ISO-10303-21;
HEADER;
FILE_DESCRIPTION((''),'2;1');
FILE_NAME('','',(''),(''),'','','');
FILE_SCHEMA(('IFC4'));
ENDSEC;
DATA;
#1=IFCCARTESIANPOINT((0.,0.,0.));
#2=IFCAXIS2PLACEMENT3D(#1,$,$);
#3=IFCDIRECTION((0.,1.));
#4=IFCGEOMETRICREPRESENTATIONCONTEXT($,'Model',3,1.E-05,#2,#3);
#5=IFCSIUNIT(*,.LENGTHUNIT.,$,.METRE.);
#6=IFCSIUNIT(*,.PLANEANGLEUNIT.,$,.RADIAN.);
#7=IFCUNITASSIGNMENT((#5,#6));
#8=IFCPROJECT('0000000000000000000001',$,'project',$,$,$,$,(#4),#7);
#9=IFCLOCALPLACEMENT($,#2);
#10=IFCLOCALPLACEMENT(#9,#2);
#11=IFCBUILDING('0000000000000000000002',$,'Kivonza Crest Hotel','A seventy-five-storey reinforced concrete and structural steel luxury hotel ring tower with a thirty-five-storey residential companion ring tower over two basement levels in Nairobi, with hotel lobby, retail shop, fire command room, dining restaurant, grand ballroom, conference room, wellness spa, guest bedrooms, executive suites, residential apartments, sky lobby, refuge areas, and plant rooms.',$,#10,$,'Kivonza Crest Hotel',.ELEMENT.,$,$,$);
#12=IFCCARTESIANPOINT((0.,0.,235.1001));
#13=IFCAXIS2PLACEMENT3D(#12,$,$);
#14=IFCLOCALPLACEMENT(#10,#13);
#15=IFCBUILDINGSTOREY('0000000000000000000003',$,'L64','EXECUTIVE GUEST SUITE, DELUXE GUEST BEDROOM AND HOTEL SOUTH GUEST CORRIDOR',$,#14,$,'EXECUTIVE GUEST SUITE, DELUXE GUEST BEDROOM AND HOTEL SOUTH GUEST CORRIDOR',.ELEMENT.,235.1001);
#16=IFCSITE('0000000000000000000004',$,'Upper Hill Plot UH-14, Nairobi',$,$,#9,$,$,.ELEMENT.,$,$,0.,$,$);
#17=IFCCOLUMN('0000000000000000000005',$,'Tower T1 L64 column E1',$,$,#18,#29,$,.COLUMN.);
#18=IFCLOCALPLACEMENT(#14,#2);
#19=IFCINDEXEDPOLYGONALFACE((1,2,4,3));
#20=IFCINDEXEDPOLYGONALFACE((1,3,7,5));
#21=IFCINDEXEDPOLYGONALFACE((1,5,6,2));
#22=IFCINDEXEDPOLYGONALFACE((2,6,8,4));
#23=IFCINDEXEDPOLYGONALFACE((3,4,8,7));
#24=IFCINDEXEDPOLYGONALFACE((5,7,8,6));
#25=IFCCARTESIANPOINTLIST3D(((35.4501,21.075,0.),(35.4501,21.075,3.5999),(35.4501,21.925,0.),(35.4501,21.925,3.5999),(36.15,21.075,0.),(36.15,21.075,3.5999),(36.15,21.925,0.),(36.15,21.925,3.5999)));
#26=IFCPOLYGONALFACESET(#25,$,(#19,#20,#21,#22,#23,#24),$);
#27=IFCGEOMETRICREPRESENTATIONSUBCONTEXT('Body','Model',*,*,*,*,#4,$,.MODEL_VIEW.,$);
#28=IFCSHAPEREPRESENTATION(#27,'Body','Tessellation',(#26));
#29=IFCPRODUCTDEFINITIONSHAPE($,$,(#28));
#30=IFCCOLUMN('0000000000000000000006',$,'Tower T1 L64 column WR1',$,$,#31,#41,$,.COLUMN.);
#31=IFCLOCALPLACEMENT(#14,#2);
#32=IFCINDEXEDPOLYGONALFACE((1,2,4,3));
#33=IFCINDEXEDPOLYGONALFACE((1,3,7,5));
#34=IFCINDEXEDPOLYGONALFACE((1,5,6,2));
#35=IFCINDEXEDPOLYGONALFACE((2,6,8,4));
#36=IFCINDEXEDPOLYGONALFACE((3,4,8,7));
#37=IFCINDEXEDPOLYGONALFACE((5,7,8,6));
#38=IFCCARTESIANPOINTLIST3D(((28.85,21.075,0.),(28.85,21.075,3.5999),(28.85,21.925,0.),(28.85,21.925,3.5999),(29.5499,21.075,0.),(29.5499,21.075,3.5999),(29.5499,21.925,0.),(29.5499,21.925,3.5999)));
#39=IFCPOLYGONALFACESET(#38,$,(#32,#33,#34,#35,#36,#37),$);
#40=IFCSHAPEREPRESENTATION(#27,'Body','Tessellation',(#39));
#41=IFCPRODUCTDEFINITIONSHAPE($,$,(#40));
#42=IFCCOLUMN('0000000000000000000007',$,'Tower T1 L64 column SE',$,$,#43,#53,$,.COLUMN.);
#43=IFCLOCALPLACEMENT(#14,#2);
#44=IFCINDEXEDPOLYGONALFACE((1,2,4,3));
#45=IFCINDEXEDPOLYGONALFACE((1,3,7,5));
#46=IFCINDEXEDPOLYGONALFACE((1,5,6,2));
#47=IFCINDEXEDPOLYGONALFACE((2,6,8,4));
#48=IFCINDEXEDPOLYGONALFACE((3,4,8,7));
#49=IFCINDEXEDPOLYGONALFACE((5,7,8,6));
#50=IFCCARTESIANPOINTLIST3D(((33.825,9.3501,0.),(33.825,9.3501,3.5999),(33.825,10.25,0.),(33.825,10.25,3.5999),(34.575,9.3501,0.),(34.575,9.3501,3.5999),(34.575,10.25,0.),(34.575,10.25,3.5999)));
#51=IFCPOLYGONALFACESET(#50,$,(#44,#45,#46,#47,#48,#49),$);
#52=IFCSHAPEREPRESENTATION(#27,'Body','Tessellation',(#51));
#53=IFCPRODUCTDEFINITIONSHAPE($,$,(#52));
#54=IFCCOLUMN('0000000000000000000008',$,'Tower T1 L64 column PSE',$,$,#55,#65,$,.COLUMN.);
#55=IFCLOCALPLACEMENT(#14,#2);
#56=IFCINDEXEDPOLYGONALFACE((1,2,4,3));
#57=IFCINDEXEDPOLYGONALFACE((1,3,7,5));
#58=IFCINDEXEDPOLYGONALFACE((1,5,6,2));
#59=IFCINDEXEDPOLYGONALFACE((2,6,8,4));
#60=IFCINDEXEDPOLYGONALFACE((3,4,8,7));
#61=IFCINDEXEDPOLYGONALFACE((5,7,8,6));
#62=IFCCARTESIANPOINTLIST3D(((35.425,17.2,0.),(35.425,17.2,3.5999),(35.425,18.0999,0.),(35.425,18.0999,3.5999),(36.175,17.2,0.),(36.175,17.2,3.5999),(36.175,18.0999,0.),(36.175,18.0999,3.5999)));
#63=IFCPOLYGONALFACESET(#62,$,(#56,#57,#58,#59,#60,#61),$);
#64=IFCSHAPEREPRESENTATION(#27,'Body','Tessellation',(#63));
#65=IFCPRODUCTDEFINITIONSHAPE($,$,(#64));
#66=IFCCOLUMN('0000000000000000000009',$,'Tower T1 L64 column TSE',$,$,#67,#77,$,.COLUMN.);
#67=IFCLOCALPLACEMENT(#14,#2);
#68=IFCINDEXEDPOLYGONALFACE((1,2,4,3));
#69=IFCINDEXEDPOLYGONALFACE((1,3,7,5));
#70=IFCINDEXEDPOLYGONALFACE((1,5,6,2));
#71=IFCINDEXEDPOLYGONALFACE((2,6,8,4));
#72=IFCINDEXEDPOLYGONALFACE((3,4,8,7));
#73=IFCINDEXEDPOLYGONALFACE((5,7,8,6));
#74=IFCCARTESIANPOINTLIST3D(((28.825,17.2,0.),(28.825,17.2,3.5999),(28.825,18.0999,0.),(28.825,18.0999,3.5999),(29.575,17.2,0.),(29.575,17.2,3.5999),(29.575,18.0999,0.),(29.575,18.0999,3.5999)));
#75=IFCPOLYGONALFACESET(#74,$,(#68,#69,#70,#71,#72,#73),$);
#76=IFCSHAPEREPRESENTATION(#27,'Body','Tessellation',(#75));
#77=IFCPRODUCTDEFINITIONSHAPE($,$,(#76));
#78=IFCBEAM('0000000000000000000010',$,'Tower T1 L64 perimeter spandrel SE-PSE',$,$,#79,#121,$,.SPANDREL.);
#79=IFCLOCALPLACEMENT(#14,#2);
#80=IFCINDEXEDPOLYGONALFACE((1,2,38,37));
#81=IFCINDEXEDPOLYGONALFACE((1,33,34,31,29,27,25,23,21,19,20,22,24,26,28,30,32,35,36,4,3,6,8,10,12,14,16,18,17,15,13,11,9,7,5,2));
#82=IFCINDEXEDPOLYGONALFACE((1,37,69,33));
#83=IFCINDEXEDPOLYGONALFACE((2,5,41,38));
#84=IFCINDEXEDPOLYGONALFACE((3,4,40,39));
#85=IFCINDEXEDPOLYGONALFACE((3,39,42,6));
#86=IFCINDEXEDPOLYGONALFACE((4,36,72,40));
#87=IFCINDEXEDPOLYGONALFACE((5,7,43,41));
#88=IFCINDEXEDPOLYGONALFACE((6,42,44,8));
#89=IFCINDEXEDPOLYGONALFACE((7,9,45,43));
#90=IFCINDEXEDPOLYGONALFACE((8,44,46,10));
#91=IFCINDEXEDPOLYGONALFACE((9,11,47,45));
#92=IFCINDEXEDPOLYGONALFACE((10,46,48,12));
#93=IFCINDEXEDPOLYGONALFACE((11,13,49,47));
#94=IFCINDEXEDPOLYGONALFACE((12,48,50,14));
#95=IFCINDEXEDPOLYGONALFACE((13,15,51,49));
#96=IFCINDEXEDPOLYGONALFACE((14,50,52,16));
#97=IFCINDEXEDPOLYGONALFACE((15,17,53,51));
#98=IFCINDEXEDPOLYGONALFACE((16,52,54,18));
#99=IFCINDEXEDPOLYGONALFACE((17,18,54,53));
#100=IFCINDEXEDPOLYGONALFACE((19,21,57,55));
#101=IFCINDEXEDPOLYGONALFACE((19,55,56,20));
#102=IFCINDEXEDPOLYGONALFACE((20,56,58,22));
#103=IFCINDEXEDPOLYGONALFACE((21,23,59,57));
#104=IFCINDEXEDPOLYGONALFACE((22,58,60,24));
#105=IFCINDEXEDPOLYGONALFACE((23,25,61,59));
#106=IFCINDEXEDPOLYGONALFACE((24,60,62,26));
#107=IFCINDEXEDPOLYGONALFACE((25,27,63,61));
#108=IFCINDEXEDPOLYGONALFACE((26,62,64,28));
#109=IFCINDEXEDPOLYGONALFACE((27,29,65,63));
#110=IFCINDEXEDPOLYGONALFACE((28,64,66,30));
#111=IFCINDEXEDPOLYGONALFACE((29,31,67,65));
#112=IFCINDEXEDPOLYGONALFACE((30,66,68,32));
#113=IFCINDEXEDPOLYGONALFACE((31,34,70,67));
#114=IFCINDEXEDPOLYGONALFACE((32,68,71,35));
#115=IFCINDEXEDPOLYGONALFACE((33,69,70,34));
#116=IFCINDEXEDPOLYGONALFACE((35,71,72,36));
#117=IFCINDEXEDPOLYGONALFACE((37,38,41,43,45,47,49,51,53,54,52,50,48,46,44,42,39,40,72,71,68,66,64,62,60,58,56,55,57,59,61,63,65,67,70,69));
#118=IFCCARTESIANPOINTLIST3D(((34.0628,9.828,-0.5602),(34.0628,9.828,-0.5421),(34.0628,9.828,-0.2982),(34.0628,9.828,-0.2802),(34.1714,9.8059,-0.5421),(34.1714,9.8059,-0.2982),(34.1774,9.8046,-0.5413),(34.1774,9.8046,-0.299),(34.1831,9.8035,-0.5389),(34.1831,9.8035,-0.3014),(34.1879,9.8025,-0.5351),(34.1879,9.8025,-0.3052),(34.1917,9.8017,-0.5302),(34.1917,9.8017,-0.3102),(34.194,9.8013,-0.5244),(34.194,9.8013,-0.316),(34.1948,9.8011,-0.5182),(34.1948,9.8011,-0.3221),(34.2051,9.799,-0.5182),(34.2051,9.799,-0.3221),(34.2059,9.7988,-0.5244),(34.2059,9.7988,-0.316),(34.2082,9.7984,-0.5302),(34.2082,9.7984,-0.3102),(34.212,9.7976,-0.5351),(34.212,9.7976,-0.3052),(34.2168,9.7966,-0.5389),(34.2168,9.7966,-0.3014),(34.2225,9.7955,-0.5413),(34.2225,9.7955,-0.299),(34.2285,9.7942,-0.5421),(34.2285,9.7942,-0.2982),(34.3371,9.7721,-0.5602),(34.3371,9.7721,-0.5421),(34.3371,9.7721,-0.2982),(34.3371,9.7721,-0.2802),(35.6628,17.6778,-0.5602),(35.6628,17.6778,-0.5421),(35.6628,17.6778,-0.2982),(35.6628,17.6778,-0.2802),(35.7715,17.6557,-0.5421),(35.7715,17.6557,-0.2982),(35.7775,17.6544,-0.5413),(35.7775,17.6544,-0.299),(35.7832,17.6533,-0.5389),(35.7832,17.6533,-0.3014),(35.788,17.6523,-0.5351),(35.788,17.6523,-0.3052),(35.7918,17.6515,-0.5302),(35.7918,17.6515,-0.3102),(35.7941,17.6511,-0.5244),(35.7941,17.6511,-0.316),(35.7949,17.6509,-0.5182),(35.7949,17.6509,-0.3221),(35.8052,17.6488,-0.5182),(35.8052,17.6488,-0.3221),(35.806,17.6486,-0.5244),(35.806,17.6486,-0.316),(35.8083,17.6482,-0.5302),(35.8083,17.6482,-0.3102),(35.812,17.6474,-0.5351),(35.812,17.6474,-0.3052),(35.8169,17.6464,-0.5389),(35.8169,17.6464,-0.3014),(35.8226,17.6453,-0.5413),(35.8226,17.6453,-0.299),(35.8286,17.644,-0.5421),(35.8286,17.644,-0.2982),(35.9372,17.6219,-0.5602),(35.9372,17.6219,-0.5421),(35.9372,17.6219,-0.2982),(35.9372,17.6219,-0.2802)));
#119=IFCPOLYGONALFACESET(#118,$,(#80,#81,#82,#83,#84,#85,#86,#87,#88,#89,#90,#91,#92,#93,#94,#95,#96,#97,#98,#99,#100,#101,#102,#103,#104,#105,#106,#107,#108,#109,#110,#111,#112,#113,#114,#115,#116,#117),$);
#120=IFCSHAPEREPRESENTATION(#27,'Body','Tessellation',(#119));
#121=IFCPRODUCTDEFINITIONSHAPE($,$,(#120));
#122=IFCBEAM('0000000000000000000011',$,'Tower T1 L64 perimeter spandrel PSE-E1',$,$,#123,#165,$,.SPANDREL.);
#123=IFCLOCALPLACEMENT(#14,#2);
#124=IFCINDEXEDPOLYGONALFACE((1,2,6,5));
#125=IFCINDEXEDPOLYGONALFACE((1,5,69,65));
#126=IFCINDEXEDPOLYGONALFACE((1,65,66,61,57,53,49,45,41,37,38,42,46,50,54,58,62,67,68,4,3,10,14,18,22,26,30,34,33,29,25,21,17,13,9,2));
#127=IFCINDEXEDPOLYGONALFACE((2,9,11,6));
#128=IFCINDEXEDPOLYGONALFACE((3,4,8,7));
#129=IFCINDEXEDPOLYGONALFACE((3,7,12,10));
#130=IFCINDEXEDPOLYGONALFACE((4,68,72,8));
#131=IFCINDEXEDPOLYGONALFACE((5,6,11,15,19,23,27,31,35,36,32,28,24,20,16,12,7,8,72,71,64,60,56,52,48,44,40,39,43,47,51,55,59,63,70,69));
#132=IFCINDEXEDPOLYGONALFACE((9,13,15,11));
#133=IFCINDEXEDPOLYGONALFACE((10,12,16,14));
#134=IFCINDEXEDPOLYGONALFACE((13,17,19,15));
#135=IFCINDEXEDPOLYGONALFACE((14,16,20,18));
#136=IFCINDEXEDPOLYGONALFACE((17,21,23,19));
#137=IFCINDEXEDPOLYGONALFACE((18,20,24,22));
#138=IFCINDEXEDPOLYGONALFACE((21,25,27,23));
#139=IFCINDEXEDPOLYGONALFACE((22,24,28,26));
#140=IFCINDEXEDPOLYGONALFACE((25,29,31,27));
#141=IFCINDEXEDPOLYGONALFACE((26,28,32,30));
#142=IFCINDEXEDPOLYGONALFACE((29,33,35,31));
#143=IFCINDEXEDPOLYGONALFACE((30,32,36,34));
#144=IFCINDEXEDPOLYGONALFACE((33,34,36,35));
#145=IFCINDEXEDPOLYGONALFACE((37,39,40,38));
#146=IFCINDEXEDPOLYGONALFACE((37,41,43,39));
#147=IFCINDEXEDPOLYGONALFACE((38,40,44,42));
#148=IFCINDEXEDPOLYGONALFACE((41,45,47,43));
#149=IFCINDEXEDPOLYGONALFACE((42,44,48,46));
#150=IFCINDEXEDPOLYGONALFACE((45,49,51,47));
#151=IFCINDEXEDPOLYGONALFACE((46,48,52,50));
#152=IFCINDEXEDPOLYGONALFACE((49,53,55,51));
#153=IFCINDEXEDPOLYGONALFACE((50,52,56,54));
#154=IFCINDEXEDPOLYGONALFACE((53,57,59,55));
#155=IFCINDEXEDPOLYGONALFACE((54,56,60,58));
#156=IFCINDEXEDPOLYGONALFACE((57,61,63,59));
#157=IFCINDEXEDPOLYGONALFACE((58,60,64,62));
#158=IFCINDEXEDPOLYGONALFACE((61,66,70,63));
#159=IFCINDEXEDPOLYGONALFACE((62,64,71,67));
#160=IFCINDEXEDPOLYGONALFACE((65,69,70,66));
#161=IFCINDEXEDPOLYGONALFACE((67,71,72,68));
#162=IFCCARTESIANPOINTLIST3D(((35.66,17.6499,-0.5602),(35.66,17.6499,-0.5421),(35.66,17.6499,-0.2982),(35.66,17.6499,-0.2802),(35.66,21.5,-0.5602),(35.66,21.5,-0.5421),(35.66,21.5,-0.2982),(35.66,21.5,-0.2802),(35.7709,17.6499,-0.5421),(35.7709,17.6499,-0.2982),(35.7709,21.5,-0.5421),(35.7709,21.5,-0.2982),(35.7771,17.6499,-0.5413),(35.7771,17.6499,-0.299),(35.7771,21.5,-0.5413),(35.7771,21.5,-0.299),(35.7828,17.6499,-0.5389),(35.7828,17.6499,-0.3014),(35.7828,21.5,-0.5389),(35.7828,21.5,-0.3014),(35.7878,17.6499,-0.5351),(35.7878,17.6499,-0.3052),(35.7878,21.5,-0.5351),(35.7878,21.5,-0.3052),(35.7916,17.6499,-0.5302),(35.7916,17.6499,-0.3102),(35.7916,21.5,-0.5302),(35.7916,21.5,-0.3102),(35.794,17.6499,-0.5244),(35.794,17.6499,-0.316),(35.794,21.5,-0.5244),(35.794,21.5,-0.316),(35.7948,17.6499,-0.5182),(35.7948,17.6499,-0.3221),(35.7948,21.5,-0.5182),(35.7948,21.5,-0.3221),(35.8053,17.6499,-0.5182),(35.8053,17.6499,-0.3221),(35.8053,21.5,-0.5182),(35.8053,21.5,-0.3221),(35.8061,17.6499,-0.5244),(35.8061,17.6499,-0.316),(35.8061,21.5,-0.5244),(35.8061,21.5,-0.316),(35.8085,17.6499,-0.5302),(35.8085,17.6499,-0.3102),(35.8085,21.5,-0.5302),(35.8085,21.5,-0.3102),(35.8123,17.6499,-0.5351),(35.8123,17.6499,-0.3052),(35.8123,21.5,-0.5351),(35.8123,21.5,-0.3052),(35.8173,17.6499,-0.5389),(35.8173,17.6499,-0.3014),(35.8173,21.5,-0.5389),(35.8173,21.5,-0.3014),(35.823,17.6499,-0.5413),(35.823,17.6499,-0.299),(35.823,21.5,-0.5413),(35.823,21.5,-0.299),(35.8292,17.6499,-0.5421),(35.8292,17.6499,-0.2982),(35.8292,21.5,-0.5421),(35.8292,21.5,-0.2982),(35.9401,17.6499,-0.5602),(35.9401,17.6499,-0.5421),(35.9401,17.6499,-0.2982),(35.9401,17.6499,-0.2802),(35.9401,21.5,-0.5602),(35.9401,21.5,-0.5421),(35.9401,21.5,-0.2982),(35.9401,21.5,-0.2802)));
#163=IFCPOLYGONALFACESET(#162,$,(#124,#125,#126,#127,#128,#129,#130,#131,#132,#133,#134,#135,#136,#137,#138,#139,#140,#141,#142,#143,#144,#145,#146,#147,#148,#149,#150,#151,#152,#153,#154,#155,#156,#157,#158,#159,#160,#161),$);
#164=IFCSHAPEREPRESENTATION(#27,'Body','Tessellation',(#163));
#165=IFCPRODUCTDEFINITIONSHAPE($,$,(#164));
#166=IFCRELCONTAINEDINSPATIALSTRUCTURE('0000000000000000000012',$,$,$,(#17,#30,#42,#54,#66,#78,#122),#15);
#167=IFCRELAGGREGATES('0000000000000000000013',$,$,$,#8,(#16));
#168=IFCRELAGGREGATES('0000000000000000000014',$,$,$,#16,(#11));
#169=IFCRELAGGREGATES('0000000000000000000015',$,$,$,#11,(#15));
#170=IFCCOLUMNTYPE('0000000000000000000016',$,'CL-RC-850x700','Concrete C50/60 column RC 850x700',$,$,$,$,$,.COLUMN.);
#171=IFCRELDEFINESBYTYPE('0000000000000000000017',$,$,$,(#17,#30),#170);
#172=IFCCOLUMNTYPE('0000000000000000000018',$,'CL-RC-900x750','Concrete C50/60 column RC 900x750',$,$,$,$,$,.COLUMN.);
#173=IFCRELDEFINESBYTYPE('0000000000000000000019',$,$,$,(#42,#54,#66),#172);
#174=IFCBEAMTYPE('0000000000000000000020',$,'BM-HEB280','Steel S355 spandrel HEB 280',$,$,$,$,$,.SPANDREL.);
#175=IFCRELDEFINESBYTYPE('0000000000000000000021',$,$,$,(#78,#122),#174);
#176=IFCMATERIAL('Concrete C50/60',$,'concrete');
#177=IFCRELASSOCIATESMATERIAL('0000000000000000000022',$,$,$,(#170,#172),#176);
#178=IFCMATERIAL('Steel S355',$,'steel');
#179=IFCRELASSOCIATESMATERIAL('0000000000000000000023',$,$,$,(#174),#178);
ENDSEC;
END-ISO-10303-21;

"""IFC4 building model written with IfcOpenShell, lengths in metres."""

from ifc_helpers import new_model, si_unit, direction, frame, origin, origin_2d, place, context, subcontext, project, spatial, rectangle, i_section, extrude, material, material_profile, profile_set, type_object, element, save


model = new_model("IFC4")

# Units and contexts
model_context = context("Model", 3, precision=1e-05, world=origin(), true_north=direction((0.0, 1.0)))
body_context = subcontext(model_context, "Body", "Model", "MODEL_VIEW")
ifc_project = project(units=[si_unit("LENGTHUNIT", "METRE"), si_unit("PLANEANGLEUNIT", "RADIAN")], contexts=[model_context])

# Site, building, storey
site_placement = place(None, origin())
site = spatial("IfcSite", under=ifc_project, at=site_placement, Name="Upper Hill Plot UH-14, Nairobi", CompositionType="ELEMENT", RefElevation=0.0)
building_placement = place(site_placement, origin())
building = spatial("IfcBuilding", under=site, at=building_placement, Name="Kivonza Crest Hotel", Description="A seventy-five-storey reinforced concrete and structural steel luxury hotel ring tower with a thirty-five-storey residential companion ring tower over two basement levels in Nairobi, with hotel lobby, retail shop, fire command room, dining restaurant, grand ballroom, conference room, wellness spa, guest bedrooms, executive suites, residential apartments, sky lobby, refuge areas, and plant rooms.", LongName="Kivonza Crest Hotel", CompositionType="ELEMENT")
storey_placement = place(building_placement, frame((0.0, 0.0, 235.1001)))
storey = spatial("IfcBuildingStorey", under=building, at=storey_placement, Name="L64", Description="EXECUTIVE GUEST SUITE, DELUXE GUEST BEDROOM AND HOTEL SOUTH GUEST CORRIDOR", LongName="EXECUTIVE GUEST SUITE, DELUXE GUEST BEDROOM AND HOTEL SOUTH GUEST CORRIDOR", CompositionType="ELEMENT", Elevation=235.1001)

# Columns
ifc_material_1 = material(Name="Concrete C50/60", Category="concrete")
ifc_material_profile_1 = material_profile(ifc_material_1, rectangle(XDim=0.7, YDim=0.8501, at=origin_2d()), Name="RC 850x700")
ifc_profile_set_1 = profile_set([ifc_material_profile_1], Name="Concrete C50/60")
column_type_1 = type_object("IfcColumnType", Name="CL-RC-850x700", Description="Concrete C50/60 column RC 850x700", PredefinedType="COLUMN", material=ifc_profile_set_1)
for number, where, z_axis, x_axis, name in (
    (1, (35.8, 21.5, 0.0), (0.0, 0.0, 1.0), (1.0, 0.0, 0.0), "Tower T1 L64 column E1"),
    (2, (29.2, 21.5, 0.0), (0.0, 0.0, 1.0), (1.0, 0.0, 0.0), "Tower T1 L64 column WR1"),
):
    element("IfcColumn", number, at=place(storey_placement, frame(where, z_axis=z_axis, x_axis=x_axis)), inside=storey, type_object=column_type_1, Name=name, PredefinedType="COLUMN", context=body_context, shape_type="SweptSolid", body=[
        extrude(rectangle(XDim=0.7, YDim=0.8501, at=origin_2d()), origin(), (0.0, 0.0, 1.0), 3.5999),
    ])
ifc_material_profile_2 = material_profile(ifc_material_1, rectangle(XDim=0.75, YDim=0.8999, at=origin_2d()), Name="RC 900x750")
ifc_profile_set_2 = profile_set([ifc_material_profile_2], Name="Concrete C50/60")
column_type_2 = type_object("IfcColumnType", Name="CL-RC-900x750", Description="Concrete C50/60 column RC 900x750", PredefinedType="COLUMN", material=ifc_profile_set_2)
for number, where, z_axis, x_axis, name in (
    (3, (34.2, 9.8, 0.0), (0.0, 0.0, 1.0), (1.0, 0.0, 0.0), "Tower T1 L64 column SE"),
    (4, (35.8, 17.6499, 0.0), (0.0, 0.0, 1.0), (1.0, 0.0, 0.0), "Tower T1 L64 column PSE"),
    (5, (29.2, 17.6499, 0.0), (0.0, 0.0, 1.0), (1.0, 0.0, 0.0), "Tower T1 L64 column TSE"),
):
    element("IfcColumn", number, at=place(storey_placement, frame(where, z_axis=z_axis, x_axis=x_axis)), inside=storey, type_object=column_type_2, Name=name, PredefinedType="COLUMN", context=body_context, shape_type="SweptSolid", body=[
        extrude(rectangle(XDim=0.75, YDim=0.8999, at=origin_2d()), origin(), (0.0, 0.0, 1.0), 3.5999),
    ])

# Beams
ifc_material_2 = material(Name="Steel S355", Category="steel")
ifc_material_profile_3 = material_profile(ifc_material_2, i_section(OverallWidth=0.28, OverallDepth=0.28, WebThickness=0.0105, FlangeThickness=0.0181, FilletRadius=0.0239, at=origin_2d()), Name="HEB 280")
ifc_profile_set_3 = profile_set([ifc_material_profile_3], Name="Steel S355")
beam_type_1 = type_object("IfcBeamType", Name="BM-HEB280", Description="Steel S355 spandrel HEB 280", PredefinedType="SPANDREL", material=ifc_profile_set_3)
beam_1_placement = place(storey_placement, frame((34.2, 9.8, -0.4202), z_axis=(0.199731, 0.979851, 0.0), x_axis=(-0.979851, 0.199731, 0.0)))
element("IfcBeam", 6, at=beam_1_placement, inside=storey, type_object=beam_type_1, Name="Tower T1 L64 perimeter spandrel SE-PSE", PredefinedType="SPANDREL", context=body_context, shape_type="SweptSolid", body=[
    extrude(i_section(OverallWidth=0.28, OverallDepth=0.28, WebThickness=0.0105, FlangeThickness=0.0181, FilletRadius=0.0239, at=origin_2d()), origin(), (0.0, 0.0, 1.0), 8.0112),
])
beam_2_placement = place(storey_placement, frame((35.8, 17.6499, -0.4202), z_axis=(0.0, 1.0, 0.0), x_axis=(-1.0, 0.0, 0.0)))
element("IfcBeam", 7, at=beam_2_placement, inside=storey, type_object=beam_type_1, Name="Tower T1 L64 perimeter spandrel PSE-E1", PredefinedType="SPANDREL", context=body_context, shape_type="SweptSolid", body=[
    extrude(i_section(OverallWidth=0.28, OverallDepth=0.28, WebThickness=0.0105, FlangeThickness=0.0181, FilletRadius=0.0239, at=origin_2d()), origin(), (0.0, 0.0, 1.0), 3.8501),
])

save(model, "model.ifc")
